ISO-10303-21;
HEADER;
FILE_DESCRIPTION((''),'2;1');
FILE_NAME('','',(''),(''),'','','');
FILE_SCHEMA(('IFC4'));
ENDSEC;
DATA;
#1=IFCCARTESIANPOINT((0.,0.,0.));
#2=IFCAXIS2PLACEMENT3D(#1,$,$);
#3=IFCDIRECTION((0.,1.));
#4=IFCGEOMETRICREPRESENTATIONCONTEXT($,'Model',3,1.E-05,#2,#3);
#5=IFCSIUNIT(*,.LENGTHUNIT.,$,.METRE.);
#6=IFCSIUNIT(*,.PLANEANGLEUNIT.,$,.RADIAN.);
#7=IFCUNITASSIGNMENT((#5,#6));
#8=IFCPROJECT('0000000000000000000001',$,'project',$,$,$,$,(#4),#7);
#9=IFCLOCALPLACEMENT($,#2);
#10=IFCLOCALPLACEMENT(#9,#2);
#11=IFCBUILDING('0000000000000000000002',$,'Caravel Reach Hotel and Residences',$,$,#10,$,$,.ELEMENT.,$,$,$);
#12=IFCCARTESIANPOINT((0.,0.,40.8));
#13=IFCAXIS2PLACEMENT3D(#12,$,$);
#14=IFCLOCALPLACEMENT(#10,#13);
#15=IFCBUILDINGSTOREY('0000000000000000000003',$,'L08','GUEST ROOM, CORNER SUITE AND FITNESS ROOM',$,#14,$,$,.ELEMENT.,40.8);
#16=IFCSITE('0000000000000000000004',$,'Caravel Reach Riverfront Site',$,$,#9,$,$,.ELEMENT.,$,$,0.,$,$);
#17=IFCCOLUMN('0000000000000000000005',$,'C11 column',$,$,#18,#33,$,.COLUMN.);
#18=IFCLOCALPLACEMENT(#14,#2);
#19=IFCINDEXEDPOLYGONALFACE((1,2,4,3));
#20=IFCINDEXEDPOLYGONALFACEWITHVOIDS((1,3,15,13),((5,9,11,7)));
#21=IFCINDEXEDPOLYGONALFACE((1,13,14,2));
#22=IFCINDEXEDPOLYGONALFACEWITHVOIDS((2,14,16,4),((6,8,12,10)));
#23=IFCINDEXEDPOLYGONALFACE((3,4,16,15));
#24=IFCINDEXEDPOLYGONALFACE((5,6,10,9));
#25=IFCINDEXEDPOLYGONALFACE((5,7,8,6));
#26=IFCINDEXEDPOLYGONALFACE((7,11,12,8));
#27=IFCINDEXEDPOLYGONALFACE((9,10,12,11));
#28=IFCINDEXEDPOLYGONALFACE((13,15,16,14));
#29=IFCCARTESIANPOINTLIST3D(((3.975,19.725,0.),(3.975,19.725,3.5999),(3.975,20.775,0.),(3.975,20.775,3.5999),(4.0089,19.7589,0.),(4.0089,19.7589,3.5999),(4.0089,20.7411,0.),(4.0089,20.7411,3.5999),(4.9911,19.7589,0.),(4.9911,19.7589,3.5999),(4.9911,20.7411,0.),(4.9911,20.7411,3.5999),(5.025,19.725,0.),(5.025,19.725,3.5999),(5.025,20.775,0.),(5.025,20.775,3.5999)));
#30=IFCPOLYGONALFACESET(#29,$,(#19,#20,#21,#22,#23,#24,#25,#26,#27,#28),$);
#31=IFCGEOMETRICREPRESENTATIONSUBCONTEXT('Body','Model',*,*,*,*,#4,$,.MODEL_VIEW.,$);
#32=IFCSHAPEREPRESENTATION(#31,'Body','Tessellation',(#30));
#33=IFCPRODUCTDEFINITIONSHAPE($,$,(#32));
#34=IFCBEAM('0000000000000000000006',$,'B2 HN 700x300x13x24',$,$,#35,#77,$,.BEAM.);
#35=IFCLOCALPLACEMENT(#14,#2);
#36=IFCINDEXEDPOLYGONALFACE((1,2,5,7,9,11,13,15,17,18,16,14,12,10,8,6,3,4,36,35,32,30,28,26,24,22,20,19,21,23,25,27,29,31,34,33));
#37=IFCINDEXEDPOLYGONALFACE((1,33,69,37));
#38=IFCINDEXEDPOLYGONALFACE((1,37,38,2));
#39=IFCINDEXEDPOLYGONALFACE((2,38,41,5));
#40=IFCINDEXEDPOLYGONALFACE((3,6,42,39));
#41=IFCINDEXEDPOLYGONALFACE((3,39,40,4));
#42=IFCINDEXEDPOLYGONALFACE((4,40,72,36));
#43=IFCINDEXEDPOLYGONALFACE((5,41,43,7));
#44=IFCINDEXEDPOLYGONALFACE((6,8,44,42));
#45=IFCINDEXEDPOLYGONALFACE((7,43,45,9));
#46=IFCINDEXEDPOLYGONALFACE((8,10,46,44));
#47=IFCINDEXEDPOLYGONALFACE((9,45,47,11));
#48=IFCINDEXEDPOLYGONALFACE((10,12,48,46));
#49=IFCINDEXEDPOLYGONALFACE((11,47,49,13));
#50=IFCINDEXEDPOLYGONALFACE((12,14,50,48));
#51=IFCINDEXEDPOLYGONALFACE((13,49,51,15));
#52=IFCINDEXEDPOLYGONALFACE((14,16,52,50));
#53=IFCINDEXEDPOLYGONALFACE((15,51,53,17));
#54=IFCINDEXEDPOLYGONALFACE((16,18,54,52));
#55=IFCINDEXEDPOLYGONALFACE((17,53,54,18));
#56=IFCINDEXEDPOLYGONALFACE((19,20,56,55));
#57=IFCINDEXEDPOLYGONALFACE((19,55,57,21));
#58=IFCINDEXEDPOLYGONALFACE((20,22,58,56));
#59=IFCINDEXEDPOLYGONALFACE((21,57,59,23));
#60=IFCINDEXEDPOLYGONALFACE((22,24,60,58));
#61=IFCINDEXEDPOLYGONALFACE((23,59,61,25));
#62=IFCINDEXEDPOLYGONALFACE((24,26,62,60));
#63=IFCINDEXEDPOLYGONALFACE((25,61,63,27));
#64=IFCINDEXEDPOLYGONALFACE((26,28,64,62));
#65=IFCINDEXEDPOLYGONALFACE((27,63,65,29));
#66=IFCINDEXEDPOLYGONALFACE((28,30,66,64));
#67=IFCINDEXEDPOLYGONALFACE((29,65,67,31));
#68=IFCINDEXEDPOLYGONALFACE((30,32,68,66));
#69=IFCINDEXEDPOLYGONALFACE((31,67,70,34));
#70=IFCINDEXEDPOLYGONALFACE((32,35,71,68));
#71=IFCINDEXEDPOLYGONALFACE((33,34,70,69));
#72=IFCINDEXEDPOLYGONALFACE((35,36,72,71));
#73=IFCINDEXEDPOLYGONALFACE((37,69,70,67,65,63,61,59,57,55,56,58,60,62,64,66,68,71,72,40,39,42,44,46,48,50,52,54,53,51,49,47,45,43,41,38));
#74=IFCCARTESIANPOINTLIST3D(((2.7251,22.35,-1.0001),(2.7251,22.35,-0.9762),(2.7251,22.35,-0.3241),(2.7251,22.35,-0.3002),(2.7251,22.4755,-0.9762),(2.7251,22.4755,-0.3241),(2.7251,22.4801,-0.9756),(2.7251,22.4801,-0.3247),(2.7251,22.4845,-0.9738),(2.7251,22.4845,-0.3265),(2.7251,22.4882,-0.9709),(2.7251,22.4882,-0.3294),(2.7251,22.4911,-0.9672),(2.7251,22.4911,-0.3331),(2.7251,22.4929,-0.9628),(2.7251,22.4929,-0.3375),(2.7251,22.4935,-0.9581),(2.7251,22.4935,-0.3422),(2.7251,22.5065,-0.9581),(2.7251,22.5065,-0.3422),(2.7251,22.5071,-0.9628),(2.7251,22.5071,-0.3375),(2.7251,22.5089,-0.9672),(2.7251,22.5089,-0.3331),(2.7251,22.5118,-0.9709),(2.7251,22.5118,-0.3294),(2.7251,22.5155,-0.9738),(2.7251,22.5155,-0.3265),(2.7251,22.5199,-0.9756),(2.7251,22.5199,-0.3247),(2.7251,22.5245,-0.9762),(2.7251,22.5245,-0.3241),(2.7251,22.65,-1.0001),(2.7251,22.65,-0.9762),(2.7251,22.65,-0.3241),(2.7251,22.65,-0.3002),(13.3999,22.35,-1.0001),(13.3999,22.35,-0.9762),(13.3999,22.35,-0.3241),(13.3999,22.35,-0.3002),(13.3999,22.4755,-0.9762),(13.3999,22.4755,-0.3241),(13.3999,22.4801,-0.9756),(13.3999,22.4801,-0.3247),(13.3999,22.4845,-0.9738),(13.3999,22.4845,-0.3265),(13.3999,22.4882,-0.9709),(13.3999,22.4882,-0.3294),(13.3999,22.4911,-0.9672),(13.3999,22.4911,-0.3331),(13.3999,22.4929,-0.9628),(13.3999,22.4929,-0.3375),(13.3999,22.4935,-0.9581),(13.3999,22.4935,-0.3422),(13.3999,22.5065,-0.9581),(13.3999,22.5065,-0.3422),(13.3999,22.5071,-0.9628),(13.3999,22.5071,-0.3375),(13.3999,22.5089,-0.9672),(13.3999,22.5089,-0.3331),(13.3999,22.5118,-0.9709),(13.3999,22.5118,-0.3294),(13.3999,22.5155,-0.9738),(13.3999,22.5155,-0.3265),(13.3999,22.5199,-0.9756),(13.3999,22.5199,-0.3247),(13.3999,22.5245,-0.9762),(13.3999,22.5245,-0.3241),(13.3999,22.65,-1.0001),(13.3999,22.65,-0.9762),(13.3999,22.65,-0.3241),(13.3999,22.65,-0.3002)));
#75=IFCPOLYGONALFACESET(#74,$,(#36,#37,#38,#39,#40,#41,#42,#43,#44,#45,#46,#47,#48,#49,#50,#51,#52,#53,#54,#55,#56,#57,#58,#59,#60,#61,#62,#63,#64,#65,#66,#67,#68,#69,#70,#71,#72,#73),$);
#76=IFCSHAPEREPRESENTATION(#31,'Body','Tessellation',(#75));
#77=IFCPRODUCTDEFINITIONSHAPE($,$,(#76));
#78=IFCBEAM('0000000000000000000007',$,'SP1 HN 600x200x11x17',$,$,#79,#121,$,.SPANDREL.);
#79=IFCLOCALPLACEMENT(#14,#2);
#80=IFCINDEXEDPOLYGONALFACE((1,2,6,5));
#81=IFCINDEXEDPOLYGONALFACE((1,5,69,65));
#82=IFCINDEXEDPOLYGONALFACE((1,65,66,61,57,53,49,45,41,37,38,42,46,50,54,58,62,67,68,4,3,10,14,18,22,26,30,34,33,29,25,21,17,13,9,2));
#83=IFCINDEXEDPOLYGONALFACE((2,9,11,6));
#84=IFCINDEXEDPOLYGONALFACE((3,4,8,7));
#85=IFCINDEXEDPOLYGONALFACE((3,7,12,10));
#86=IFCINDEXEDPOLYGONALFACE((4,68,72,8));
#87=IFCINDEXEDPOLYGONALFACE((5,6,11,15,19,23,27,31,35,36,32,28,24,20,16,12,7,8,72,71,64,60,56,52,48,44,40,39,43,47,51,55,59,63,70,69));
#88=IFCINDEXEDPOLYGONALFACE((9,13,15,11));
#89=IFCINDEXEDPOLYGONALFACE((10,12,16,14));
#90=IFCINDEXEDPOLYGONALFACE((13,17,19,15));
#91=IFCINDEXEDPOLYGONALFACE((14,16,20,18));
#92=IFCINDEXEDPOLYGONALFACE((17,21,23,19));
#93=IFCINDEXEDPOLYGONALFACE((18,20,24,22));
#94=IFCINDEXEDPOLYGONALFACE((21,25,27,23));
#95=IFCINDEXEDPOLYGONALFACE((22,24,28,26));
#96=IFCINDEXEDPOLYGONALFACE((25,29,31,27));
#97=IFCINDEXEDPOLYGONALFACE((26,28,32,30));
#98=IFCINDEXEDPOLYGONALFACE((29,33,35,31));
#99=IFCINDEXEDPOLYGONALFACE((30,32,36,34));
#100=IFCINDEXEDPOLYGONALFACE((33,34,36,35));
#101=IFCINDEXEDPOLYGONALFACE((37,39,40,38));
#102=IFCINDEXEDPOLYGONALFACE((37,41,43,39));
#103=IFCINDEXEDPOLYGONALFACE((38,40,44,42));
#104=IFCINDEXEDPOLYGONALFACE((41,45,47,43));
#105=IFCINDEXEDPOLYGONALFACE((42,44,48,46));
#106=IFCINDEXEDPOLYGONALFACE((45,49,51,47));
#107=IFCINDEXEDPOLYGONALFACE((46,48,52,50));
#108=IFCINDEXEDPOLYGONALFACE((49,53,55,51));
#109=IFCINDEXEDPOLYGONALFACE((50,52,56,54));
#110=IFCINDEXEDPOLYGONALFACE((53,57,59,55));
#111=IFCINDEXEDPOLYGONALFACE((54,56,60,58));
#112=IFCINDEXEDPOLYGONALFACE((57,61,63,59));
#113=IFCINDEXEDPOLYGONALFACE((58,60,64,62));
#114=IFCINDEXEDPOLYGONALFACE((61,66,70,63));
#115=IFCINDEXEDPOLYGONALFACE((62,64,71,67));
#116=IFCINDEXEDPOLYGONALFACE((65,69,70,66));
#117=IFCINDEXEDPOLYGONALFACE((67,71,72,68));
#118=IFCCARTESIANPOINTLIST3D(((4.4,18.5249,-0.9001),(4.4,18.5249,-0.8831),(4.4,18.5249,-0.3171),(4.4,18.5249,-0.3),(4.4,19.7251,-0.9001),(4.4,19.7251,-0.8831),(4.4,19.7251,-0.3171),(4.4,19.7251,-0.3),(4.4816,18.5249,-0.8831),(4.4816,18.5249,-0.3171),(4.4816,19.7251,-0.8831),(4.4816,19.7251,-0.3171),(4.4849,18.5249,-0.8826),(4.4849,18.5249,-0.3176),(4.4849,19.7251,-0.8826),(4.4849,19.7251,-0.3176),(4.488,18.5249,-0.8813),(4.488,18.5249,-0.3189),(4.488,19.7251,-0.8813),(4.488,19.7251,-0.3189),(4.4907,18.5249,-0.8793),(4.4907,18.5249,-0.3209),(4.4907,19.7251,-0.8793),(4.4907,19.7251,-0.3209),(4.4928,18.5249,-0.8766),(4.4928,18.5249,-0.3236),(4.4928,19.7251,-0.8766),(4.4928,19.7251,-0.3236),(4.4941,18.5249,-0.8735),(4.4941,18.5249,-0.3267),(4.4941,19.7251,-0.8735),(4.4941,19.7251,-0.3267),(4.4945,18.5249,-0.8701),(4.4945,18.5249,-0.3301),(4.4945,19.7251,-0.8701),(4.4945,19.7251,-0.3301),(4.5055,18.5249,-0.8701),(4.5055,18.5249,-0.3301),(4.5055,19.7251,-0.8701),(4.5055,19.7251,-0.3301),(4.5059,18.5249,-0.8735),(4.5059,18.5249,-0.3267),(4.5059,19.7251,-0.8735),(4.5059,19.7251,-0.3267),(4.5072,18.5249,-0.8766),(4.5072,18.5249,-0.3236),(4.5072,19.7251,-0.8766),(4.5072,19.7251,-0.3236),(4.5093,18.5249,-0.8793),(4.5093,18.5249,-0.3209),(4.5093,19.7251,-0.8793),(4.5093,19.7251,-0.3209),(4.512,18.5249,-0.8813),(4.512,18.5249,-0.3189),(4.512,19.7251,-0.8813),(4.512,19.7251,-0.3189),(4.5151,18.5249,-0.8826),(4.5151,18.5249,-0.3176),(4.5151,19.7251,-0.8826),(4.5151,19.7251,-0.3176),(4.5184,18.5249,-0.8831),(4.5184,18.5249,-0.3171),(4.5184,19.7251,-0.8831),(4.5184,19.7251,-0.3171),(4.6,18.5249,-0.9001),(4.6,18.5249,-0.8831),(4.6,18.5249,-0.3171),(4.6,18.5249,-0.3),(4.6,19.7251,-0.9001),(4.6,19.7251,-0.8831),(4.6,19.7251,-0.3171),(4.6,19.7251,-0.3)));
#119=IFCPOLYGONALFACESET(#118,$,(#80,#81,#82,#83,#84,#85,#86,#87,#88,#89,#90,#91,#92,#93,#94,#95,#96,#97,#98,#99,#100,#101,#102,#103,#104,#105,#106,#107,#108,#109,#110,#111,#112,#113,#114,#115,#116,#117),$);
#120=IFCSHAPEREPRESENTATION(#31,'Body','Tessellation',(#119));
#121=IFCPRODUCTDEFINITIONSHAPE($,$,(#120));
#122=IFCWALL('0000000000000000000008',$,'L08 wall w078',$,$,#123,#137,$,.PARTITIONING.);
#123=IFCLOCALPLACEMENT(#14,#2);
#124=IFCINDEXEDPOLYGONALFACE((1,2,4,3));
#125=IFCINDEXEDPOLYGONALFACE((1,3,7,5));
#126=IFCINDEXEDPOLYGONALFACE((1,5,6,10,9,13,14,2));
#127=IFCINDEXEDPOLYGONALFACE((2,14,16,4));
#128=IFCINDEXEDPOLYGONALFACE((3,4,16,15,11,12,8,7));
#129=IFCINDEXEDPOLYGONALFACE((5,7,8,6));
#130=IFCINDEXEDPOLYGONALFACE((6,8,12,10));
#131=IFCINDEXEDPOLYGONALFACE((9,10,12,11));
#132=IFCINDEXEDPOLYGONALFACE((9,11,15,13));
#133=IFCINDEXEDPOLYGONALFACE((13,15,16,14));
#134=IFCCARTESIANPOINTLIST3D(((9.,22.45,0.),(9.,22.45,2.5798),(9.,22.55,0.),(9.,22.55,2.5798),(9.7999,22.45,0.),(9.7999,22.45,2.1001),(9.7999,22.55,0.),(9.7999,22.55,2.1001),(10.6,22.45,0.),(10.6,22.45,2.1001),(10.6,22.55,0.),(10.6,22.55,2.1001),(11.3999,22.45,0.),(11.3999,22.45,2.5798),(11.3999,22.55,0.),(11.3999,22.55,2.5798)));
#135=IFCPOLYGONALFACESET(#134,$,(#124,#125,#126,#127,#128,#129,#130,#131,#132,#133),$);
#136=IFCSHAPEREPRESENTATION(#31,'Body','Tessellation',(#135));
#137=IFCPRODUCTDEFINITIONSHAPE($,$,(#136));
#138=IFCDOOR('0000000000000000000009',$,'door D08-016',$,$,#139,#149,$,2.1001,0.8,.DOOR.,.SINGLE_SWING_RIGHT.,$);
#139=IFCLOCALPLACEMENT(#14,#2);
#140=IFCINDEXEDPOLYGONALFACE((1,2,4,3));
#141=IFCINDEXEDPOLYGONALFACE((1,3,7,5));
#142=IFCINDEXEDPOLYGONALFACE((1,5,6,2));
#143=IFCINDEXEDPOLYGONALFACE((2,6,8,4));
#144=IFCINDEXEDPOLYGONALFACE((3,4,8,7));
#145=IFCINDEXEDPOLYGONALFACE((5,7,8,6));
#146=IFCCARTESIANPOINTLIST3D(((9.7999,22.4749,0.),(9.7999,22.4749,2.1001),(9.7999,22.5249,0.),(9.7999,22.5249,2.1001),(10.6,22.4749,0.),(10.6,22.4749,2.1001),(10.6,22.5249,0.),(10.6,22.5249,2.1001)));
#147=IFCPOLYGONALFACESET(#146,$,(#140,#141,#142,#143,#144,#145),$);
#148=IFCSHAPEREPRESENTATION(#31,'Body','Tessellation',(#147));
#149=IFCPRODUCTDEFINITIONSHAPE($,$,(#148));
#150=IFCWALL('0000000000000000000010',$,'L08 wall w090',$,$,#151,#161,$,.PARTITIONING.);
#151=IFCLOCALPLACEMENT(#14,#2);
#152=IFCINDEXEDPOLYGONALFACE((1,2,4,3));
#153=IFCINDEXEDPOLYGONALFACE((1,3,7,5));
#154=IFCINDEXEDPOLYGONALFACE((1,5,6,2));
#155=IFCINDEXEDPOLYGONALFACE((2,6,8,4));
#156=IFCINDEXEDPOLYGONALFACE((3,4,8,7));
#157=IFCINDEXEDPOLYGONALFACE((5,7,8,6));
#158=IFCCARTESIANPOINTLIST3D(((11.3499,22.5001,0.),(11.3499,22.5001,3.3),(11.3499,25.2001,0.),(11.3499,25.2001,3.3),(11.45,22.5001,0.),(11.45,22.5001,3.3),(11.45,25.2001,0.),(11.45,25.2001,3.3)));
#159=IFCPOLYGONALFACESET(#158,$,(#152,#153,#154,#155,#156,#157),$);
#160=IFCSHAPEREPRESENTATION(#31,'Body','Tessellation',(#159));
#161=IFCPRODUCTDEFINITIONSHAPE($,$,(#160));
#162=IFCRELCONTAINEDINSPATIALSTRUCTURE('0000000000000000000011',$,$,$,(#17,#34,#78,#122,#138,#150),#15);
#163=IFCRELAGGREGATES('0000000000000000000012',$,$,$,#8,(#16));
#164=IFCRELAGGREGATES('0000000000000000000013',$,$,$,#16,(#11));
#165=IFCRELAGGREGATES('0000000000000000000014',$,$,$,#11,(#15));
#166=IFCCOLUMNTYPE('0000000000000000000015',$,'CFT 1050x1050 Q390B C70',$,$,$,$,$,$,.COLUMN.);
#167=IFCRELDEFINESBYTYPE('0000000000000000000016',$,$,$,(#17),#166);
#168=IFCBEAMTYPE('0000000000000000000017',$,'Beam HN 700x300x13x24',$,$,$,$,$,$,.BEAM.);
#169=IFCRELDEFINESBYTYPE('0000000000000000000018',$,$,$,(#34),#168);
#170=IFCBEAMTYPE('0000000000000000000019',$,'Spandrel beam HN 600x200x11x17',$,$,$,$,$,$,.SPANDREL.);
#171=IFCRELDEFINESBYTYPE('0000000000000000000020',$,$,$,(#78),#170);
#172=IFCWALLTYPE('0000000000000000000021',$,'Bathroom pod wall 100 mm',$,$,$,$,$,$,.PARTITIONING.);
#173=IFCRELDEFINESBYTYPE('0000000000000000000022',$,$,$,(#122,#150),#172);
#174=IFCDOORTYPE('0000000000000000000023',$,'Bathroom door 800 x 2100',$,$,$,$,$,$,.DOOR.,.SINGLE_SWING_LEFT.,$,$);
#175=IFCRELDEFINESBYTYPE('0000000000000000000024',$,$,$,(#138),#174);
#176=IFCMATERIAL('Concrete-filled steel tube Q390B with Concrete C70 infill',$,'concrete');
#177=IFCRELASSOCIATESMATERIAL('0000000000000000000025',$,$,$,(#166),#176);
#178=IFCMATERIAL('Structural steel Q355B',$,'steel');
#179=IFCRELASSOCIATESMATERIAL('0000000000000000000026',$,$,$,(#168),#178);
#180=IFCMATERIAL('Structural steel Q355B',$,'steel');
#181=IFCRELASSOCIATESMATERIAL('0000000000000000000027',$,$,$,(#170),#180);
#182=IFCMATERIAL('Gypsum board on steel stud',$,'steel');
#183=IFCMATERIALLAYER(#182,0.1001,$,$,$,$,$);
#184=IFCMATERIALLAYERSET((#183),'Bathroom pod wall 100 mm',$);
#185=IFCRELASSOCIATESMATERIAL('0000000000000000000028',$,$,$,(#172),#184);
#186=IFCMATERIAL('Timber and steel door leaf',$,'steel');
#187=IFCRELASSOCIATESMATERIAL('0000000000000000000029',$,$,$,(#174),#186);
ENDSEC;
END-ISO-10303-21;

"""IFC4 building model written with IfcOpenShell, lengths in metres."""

from ifc_helpers import new_model, si_unit, direction, frame, frame_2d, origin, origin_2d, place, context, subcontext, project, spatial, rectangle, hollow_rectangle, i_section, extrude, material, layer, layer_set, material_profile, profile_set, type_object, element, fill, save


model = new_model("IFC4")

# Units and contexts
model_context = context("Model", 3, precision=1e-05, world=origin(), true_north=direction((0.0, 1.0)))
body_context = subcontext(model_context, "Body", "Model", "MODEL_VIEW")
ifc_project = project(units=[si_unit("LENGTHUNIT", "METRE"), si_unit("PLANEANGLEUNIT", "RADIAN")], contexts=[model_context])

# Site, building, storey
site_placement = place(None, origin())
site = spatial("IfcSite", under=ifc_project, at=site_placement, Name="Caravel Reach Riverfront Site", CompositionType="ELEMENT", RefElevation=0.0)
building_placement = place(site_placement, origin())
building = spatial("IfcBuilding", under=site, at=building_placement, Name="Caravel Reach Hotel and Residences", CompositionType="ELEMENT")
storey_placement = place(building_placement, frame((0.0, 0.0, 40.8)))
storey = spatial("IfcBuildingStorey", under=building, at=storey_placement, Name="L08", Description="GUEST ROOM, CORNER SUITE AND FITNESS ROOM", CompositionType="ELEMENT", Elevation=40.8)

# Column
ifc_material_1 = material(Name="Concrete-filled steel tube Q390B with Concrete C70 infill", Category="concrete")
ifc_material_profile_1 = material_profile(ifc_material_1, hollow_rectangle(XDim=1.05, YDim=1.05, WallThickness=0.0339, at=origin_2d()), Name="RHS 1050x1050x34")
ifc_profile_set_1 = profile_set([ifc_material_profile_1], Name="Concrete-filled steel tube Q390B with Concrete C70 infill")
column_type = type_object("IfcColumnType", Name="CFT 1050x1050 Q390B C70", PredefinedType="COLUMN", material=ifc_profile_set_1)
column_placement = place(storey_placement, frame((4.5, 20.25, 0.0), z_axis=(0.0, 0.0, 1.0), x_axis=(1.0, 0.0, 0.0)))
element("IfcColumn", 1, at=column_placement, inside=storey, type_object=column_type, Name="C11 column", PredefinedType="COLUMN", context=body_context, shape_type="SweptSolid", body=[
    extrude(hollow_rectangle(XDim=1.05, YDim=1.05, WallThickness=0.0339, at=origin_2d()), origin(), (0.0, 0.0, 1.0), 3.5999),
])

# Beams
ifc_material_2 = material(Name="Structural steel Q355B", Category="steel")
ifc_material_profile_2 = material_profile(ifc_material_2, i_section(OverallWidth=0.3, OverallDepth=0.7, WebThickness=0.0129, FlangeThickness=0.0239, FilletRadius=0.0181, at=origin_2d()), Name="HN 700x300x13x24")
ifc_profile_set_2 = profile_set([ifc_material_profile_2], Name="Structural steel Q355B")
beam_type_1 = type_object("IfcBeamType", Name="Beam HN 700x300x13x24", PredefinedType="BEAM", material=ifc_profile_set_2)
beam_1_placement = place(storey_placement, frame((13.3999, 22.5, -0.6501), z_axis=(-1.0, 0.0, 0.0), x_axis=(0.0, -1.0, 0.0)))
element("IfcBeam", 2, at=beam_1_placement, inside=storey, type_object=beam_type_1, Name="B2 HN 700x300x13x24", PredefinedType="BEAM", context=body_context, shape_type="SweptSolid", body=[
    extrude(i_section(OverallWidth=0.3, OverallDepth=0.7, WebThickness=0.0129, FlangeThickness=0.0239, FilletRadius=0.0181, at=origin_2d()), origin(), (0.0, 0.0, 1.0), 10.6748),
])
ifc_material_3 = material(Name="Structural steel Q355B", Category="steel")
ifc_material_profile_3 = material_profile(ifc_material_3, i_section(OverallWidth=0.2, OverallDepth=0.6001, WebThickness=0.011, FlangeThickness=0.0171, FilletRadius=0.0129, at=origin_2d()), Name="HN 600x200x11x17")
ifc_profile_set_3 = profile_set([ifc_material_profile_3], Name="Structural steel Q355B")
beam_type_2 = type_object("IfcBeamType", Name="Spandrel beam HN 600x200x11x17", PredefinedType="SPANDREL", material=ifc_profile_set_3)
beam_2_placement = place(storey_placement, frame((4.5, 19.7251, -0.6001), z_axis=(0.0, -1.0, 0.0), x_axis=(1.0, 0.0, 0.0)))
element("IfcBeam", 3, at=beam_2_placement, inside=storey, type_object=beam_type_2, Name="SP1 HN 600x200x11x17", PredefinedType="SPANDREL", context=body_context, shape_type="SweptSolid", body=[
    extrude(i_section(OverallWidth=0.2, OverallDepth=0.6001, WebThickness=0.011, FlangeThickness=0.0171, FilletRadius=0.0129, at=origin_2d()), origin(), (0.0, 0.0, 1.0), 1.2002),
])

# Wall, opening, door
ifc_material_4 = material(Name="Gypsum board on steel stud", Category="steel")
ifc_layer_1 = layer(ifc_material_4, 0.1001)
ifc_layer_set_1 = layer_set([ifc_layer_1], Name="Bathroom pod wall 100 mm")
wall_type_1 = type_object("IfcWallType", Name="Bathroom pod wall 100 mm", PredefinedType="PARTITIONING", material=ifc_layer_set_1)
wall_1_placement = place(storey_placement, frame((9.0, 22.5, 0.0), z_axis=(0.0, 0.0, 1.0), x_axis=(1.0, 0.0, 0.0)))
wall_1 = element("IfcWall", 4, at=wall_1_placement, inside=storey, type_object=wall_type_1, Name="L08 wall w078", PredefinedType="PARTITIONING", context=body_context, shape_type="SweptSolid", body=[
    extrude(rectangle(XDim=2.3999, YDim=0.1001, at=frame_2d((1.2, 0.0))), origin(), (0.0, 0.0, 1.0), 2.5798),
])
opening_1_placement = place(wall_1_placement, frame((0.8, 0.0, 0.0)))
opening_1 = element("IfcOpeningElement", 5, at=opening_1_placement, cuts=wall_1, PredefinedType="OPENING", context=body_context, shape_type="SweptSolid", body=[
    extrude(rectangle(XDim=0.8, YDim=2.1001, at=frame_2d((0.3999, 1.05))), frame((0.0, 0.0601, 0.0), z_axis=(0.0, -1.0, 0.0), x_axis=(1.0, 0.0, 0.0)), (0.0, 0.0, 1.0), 0.1201),
])
ifc_material_5 = material(Name="Timber and steel door leaf", Category="steel")
door_type_1 = type_object("IfcDoorType", Name="Bathroom door 800 x 2100", OperationType="SINGLE_SWING_LEFT", PredefinedType="DOOR", material=ifc_material_5)
door_1_placement = place(opening_1_placement, origin())
door_1 = element("IfcDoor", 6, at=door_1_placement, inside=storey, type_object=door_type_1, Name="door D08-016", OperationType="SINGLE_SWING_RIGHT", OverallHeight=2.1001, OverallWidth=0.8, PredefinedType="DOOR", context=body_context, shape_type="SweptSolid", body=[
    extrude(rectangle(XDim=0.8, YDim=2.1001, at=frame_2d((0.3999, 1.05))), frame((0.0, 0.0249, 0.0), z_axis=(0.0, -1.0, 0.0), x_axis=(1.0, 0.0, 0.0)), (0.0, 0.0, 1.0), 0.05),
])
fill(opening_1, door_1)

# Wall
wall_2_placement = place(storey_placement, frame((11.3999, 22.5, 0.0), z_axis=(0.0, 0.0, 1.0), x_axis=(0.0, 1.0, 0.0)))
element("IfcWall", 7, at=wall_2_placement, inside=storey, type_object=wall_type_1, Name="L08 wall w090", PredefinedType="PARTITIONING", context=body_context, shape_type="SweptSolid", body=[
    extrude(rectangle(XDim=2.7, YDim=0.1001, at=frame_2d((1.3501, 0.0))), origin(), (0.0, 0.0, 1.0), 3.3),
])

save(model, "model.ifc")
